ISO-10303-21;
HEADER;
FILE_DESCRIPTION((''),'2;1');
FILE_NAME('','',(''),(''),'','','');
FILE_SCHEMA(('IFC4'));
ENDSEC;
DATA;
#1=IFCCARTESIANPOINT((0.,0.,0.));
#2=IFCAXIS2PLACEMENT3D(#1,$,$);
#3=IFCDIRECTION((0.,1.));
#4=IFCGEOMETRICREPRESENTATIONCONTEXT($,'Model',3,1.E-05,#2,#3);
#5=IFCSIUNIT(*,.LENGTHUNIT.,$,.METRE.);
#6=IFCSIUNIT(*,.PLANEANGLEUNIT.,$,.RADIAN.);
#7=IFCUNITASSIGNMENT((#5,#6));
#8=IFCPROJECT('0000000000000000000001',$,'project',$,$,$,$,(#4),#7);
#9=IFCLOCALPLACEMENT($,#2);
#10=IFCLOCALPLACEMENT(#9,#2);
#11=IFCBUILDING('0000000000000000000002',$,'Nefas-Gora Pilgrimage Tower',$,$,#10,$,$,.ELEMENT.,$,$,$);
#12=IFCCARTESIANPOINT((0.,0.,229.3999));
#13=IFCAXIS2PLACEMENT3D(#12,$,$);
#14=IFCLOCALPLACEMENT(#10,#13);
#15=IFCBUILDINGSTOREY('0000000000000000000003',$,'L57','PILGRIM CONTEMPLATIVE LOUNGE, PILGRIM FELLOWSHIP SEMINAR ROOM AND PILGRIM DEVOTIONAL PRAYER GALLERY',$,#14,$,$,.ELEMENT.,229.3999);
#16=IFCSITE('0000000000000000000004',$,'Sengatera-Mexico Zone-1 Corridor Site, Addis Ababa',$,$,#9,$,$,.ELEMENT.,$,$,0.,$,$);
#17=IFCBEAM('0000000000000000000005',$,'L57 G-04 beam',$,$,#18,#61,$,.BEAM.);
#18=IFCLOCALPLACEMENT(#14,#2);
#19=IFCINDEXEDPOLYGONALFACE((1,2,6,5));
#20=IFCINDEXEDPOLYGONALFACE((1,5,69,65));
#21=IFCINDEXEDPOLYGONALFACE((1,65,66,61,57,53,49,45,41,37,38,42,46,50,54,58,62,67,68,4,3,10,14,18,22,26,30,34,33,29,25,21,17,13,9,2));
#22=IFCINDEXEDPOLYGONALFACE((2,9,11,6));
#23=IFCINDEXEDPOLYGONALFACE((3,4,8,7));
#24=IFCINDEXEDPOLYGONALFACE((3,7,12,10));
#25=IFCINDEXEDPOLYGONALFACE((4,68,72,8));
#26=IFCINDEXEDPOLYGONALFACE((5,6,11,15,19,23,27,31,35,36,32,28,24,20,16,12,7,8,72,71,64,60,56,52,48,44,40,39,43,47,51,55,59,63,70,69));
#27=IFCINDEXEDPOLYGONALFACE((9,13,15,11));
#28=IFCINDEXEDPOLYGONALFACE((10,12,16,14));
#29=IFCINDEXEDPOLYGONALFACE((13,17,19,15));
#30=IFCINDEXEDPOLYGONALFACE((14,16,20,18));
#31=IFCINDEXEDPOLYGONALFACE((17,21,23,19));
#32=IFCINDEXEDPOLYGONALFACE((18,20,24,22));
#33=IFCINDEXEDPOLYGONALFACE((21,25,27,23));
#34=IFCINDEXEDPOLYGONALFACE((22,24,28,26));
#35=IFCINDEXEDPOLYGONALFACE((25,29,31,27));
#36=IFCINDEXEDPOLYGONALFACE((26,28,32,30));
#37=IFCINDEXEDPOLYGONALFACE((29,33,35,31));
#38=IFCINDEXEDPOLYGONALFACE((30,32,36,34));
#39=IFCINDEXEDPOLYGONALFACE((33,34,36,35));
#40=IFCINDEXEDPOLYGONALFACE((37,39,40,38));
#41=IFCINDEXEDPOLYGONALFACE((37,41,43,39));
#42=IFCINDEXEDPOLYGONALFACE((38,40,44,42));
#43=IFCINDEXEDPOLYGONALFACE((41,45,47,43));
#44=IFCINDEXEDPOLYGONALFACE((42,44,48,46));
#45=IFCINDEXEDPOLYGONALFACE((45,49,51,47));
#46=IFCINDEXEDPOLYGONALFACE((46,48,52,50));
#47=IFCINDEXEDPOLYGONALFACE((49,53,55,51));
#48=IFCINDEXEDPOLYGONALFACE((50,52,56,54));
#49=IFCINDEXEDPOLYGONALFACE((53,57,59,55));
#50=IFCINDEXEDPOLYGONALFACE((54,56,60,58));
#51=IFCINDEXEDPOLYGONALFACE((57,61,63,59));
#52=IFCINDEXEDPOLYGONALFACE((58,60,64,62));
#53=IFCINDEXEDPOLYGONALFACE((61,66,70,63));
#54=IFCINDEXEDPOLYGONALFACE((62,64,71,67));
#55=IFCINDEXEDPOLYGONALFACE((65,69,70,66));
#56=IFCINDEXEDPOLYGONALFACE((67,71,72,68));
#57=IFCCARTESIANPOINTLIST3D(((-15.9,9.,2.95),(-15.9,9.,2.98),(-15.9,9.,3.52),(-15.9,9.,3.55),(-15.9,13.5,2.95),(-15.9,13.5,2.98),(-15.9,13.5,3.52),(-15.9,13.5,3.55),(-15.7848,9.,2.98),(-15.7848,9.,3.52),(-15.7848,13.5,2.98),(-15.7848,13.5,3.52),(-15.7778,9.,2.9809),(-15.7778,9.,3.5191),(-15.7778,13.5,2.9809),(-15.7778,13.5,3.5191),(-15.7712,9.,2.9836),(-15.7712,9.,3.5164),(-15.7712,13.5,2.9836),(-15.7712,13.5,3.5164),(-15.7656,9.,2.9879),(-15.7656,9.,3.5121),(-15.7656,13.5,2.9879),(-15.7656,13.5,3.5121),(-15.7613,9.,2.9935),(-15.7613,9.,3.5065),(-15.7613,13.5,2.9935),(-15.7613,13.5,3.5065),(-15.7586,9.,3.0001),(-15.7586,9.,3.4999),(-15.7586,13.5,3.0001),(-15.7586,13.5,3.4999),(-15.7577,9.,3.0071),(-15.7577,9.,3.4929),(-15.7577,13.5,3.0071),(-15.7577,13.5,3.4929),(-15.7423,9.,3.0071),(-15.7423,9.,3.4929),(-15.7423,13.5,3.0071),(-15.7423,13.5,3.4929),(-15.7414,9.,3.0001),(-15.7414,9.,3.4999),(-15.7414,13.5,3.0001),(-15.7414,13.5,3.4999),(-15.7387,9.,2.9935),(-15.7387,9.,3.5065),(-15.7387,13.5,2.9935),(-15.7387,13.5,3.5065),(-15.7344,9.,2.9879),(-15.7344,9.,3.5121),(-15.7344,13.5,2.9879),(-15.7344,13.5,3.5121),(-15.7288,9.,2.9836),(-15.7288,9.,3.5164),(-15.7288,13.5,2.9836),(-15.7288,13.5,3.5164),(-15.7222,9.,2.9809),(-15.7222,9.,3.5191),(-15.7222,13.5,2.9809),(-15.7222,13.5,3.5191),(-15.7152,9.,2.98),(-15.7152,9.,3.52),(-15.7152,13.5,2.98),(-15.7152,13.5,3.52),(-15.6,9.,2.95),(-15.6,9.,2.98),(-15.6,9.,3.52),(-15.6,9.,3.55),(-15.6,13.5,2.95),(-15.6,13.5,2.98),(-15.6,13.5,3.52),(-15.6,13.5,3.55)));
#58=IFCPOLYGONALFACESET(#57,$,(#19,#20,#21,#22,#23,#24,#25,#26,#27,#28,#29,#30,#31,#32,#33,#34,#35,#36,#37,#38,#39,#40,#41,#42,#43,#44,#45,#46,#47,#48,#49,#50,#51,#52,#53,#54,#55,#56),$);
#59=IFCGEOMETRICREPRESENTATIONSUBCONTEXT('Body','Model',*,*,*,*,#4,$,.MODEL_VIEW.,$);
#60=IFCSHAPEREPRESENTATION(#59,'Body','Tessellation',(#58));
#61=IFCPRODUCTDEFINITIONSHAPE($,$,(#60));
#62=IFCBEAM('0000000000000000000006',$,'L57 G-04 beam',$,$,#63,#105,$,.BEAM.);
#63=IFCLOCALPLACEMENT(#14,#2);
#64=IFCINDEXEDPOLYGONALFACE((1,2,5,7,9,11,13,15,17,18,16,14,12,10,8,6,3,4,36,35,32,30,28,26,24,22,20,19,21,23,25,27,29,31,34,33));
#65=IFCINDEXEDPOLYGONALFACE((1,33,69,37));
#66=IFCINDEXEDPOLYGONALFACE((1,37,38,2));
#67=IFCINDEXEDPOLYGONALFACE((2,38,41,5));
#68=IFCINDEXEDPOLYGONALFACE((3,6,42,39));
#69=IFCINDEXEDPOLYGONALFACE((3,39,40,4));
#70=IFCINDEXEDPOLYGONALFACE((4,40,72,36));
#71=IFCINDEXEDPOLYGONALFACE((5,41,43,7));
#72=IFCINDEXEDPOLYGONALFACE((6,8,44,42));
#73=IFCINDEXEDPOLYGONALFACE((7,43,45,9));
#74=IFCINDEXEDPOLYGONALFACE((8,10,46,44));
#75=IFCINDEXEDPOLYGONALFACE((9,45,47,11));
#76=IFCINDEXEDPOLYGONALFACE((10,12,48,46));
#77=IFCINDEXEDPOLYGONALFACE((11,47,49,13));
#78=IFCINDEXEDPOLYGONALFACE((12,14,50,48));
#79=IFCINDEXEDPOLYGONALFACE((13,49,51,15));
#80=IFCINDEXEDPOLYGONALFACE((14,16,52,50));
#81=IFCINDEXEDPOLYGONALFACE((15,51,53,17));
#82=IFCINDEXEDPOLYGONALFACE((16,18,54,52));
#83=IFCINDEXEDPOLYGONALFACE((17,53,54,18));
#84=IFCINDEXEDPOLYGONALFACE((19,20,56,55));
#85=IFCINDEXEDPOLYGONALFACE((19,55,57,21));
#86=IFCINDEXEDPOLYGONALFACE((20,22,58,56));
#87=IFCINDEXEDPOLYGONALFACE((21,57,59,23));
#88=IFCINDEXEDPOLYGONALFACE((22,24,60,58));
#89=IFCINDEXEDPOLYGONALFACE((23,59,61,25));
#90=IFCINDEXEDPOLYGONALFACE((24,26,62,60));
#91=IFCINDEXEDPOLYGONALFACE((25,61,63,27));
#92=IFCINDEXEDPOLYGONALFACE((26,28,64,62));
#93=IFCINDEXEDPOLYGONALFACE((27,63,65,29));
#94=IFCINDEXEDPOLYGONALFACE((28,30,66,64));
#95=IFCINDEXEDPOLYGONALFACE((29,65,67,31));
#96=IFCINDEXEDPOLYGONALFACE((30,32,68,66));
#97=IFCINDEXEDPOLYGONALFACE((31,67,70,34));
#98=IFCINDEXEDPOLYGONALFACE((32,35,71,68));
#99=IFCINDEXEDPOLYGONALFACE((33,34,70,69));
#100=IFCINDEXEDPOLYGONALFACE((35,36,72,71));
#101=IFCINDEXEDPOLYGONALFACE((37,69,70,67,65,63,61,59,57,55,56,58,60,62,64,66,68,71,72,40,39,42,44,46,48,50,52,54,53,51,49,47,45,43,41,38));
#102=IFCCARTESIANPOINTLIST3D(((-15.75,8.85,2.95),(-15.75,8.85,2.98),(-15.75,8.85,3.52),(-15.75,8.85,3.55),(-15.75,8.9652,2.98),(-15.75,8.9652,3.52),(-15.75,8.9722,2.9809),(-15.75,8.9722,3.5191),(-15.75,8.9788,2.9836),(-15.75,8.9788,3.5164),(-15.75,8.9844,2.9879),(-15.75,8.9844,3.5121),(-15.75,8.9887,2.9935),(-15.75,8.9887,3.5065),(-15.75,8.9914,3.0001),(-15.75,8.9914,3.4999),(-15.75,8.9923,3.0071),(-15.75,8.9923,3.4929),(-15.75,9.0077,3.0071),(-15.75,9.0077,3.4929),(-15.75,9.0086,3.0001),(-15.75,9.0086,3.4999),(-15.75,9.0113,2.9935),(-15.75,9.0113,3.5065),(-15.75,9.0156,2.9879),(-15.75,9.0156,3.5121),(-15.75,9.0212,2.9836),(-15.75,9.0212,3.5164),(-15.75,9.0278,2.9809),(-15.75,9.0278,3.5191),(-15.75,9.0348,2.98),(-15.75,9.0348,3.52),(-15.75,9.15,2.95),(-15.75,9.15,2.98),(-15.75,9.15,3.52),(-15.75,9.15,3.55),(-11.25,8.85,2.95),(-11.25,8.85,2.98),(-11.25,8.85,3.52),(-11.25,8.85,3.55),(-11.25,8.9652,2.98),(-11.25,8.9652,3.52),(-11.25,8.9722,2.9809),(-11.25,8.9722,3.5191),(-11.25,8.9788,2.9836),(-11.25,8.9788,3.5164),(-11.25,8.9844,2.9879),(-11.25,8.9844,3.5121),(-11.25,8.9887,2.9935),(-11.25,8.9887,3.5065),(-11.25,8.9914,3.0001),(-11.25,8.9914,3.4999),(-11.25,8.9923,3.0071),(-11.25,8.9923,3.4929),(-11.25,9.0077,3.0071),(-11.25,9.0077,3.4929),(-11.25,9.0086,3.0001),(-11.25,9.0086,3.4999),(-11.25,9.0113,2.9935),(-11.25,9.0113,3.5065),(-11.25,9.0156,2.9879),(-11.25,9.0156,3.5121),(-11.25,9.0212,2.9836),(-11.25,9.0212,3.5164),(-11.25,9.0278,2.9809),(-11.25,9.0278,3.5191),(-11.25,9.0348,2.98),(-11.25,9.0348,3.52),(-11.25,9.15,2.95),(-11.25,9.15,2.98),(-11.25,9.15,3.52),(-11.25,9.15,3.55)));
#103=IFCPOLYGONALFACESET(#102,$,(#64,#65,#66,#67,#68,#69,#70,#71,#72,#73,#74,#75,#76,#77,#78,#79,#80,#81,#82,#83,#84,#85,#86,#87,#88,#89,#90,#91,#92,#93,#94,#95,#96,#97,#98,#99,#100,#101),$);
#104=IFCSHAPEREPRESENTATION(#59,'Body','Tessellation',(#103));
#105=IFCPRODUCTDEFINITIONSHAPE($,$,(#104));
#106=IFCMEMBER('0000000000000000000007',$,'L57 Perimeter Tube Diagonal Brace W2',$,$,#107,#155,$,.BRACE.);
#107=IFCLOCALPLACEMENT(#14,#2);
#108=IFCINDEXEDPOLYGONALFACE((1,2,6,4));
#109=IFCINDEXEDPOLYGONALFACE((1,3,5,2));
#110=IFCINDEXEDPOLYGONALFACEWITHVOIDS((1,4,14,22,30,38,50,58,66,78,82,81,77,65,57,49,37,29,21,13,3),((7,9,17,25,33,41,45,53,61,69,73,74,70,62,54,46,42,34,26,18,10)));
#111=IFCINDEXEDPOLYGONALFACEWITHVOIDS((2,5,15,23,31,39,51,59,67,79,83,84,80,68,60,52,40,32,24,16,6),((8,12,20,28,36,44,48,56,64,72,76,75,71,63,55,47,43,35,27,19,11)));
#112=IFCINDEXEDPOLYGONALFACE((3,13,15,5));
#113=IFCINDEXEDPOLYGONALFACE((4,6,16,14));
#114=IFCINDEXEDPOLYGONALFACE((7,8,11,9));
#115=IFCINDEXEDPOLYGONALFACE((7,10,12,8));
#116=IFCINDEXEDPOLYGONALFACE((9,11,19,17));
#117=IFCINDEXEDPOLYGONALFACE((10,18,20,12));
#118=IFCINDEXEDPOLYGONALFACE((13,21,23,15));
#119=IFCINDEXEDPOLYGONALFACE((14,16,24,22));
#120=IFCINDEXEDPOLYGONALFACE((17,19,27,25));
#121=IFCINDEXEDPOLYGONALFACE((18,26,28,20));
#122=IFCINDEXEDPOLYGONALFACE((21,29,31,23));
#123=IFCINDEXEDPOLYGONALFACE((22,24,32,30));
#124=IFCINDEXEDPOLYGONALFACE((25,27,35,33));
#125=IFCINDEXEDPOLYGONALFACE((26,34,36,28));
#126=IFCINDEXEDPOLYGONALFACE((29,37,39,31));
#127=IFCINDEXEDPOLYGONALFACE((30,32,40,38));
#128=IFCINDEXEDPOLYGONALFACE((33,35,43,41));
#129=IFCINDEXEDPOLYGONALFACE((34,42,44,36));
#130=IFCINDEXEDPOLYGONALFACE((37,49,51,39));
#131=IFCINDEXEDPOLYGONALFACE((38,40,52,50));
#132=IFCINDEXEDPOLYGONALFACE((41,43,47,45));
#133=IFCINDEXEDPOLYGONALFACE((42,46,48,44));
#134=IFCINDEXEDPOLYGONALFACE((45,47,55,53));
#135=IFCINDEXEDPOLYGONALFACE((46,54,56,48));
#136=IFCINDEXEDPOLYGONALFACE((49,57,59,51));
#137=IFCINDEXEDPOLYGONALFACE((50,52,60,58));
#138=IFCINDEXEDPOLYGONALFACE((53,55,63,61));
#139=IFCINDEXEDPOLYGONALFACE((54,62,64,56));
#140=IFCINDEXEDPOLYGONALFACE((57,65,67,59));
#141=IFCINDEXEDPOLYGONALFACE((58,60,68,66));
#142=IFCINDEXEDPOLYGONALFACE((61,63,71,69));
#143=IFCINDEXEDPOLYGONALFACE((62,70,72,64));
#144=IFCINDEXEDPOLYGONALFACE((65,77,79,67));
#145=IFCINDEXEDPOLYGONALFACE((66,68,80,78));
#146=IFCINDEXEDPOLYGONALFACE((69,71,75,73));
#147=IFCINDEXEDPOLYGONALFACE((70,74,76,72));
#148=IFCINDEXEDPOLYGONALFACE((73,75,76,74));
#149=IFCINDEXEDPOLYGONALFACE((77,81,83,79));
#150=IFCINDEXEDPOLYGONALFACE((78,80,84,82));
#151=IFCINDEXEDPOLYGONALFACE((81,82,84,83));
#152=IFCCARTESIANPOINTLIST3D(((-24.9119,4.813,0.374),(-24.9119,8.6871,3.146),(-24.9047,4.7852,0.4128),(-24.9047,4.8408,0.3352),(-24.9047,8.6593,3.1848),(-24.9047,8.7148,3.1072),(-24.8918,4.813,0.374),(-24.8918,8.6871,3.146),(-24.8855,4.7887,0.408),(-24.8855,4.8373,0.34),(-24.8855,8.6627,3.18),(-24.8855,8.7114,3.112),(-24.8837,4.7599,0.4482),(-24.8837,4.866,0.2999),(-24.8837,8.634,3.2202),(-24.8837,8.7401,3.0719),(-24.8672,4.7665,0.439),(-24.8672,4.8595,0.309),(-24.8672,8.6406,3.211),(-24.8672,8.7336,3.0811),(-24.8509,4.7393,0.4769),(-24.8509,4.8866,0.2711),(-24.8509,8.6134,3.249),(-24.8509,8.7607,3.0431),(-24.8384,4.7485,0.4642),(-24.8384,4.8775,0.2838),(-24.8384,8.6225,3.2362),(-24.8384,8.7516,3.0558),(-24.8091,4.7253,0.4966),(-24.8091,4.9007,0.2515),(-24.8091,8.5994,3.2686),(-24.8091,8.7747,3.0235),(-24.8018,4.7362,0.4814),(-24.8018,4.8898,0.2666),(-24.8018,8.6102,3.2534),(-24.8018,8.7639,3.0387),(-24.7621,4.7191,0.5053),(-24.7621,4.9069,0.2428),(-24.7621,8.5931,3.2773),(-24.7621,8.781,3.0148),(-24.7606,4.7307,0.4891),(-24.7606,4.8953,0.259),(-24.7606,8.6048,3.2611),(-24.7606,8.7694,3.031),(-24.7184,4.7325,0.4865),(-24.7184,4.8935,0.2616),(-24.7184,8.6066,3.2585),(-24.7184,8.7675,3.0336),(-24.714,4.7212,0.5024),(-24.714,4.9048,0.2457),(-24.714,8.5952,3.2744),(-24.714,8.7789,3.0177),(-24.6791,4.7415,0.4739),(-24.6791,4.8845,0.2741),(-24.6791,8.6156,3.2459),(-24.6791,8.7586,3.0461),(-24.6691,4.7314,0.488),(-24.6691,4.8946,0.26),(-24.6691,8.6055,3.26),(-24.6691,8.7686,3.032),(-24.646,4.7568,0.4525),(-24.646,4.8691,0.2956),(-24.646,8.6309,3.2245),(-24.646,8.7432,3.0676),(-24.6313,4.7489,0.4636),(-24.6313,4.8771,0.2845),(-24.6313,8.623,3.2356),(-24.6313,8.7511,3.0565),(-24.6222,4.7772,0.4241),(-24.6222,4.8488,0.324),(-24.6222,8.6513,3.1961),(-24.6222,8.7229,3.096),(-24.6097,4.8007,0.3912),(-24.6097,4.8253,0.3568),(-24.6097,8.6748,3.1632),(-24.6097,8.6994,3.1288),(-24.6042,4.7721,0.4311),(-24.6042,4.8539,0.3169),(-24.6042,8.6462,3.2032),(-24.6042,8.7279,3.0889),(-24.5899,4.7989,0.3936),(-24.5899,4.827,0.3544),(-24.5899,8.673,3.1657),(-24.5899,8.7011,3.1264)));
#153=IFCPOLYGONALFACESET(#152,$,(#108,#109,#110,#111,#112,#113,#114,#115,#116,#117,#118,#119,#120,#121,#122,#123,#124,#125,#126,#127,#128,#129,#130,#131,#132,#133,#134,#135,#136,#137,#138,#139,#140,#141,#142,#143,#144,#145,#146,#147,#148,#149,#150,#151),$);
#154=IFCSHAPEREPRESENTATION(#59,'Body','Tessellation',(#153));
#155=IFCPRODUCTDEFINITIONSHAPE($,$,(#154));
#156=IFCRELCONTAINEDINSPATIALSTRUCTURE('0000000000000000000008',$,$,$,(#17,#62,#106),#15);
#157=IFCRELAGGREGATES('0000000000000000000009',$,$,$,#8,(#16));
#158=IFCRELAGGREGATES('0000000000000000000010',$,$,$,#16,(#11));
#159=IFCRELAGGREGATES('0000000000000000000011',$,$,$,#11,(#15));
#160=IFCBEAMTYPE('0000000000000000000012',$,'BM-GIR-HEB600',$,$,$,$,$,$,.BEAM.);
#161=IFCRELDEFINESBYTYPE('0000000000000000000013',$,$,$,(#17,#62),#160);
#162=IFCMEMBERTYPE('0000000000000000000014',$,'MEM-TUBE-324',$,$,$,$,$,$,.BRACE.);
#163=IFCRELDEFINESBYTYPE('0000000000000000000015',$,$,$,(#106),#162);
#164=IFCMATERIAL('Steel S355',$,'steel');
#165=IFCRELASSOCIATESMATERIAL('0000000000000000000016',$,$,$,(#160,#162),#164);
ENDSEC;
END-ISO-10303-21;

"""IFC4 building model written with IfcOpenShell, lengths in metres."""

from ifc_helpers import new_model, si_unit, direction, frame, origin, origin_2d, place, context, subcontext, project, spatial, hollow_circle, i_section, extrude, source, transform, mapped, material, material_profile, profile_set, type_object, element, save


model = new_model("IFC4")

# Units and contexts
model_context = context("Model", 3, precision=1e-05, world=origin(), true_north=direction((0.0, 1.0)))
body_context = subcontext(model_context, "Body", "Model", "MODEL_VIEW")
ifc_project = project(units=[si_unit("LENGTHUNIT", "METRE"), si_unit("PLANEANGLEUNIT", "RADIAN")], contexts=[model_context])

# Site, building, storey
site_placement = place(None, origin())
site = spatial("IfcSite", under=ifc_project, at=site_placement, Name="Sengatera-Mexico Zone-1 Corridor Site, Addis Ababa", CompositionType="ELEMENT", RefElevation=0.0)
building_placement = place(site_placement, origin())
building = spatial("IfcBuilding", under=site, at=building_placement, Name="Nefas-Gora Pilgrimage Tower", CompositionType="ELEMENT")
storey_placement = place(building_placement, frame((0.0, 0.0, 229.3999)))
storey = spatial("IfcBuildingStorey", under=building, at=storey_placement, Name="L57", Description="PILGRIM CONTEMPLATIVE LOUNGE, PILGRIM FELLOWSHIP SEMINAR ROOM AND PILGRIM DEVOTIONAL PRAYER GALLERY", CompositionType="ELEMENT", Elevation=229.3999)

# Beams
ifc_material_1 = material(Name="Steel S355", Category="steel")
ifc_material_profile_1 = material_profile(ifc_material_1, i_section(OverallWidth=0.3, OverallDepth=0.6001, WebThickness=0.0154, FlangeThickness=0.03, FilletRadius=0.0271, at=origin_2d()), Name="HEB 600")
ifc_profile_set_1 = profile_set([ifc_material_profile_1], Name="Steel S355")
beam_type_1 = type_object("IfcBeamType", Name="BM-GIR-HEB600", PredefinedType="BEAM", material=ifc_profile_set_1)
shared_shape_1 = source(origin(), body_context, "Body", "SweptSolid", [
    extrude(i_section(OverallWidth=0.3, OverallDepth=0.6001, WebThickness=0.0154, FlangeThickness=0.03, FilletRadius=0.0271, at=origin_2d()), origin(), (0.0, 0.0, 1.0), 4.5),
])
for number, where, z_axis, x_axis, name in (
    (1, (-15.75, 9.0, 3.25), (0.0, 1.0, 0.0), (-1.0, 0.0, 0.0), "L57 G-04 beam"),
    (2, (-15.75, 9.0, 3.25), (1.0, 0.0, 0.0), (0.0, 1.0, 0.0), "L57 G-04 beam"),
):
    element("IfcBeam", number, at=place(storey_placement, frame(where, z_axis=z_axis, x_axis=x_axis)), inside=storey, type_object=beam_type_1, Name=name, PredefinedType="BEAM", context=body_context, shape_type="MappedRepresentation", body=[
        mapped(shared_shape_1, transform((0.0, 0.0, 0.0), x_axis=(1.0, 0.0, 0.0), y_axis=(0.0, 1.0, 0.0), z_axis=(0.0, 0.0, 1.0), scale=1.0)),
    ])

# Member
ifc_material_profile_2 = material_profile(ifc_material_1, hollow_circle(Radius=0.1619, WallThickness=0.02, at=origin_2d()), Name="CHS 323.9x20")
ifc_profile_set_2 = profile_set([ifc_material_profile_2], Name="Steel S355")
member_type_1 = type_object("IfcMemberType", Name="MEM-TUBE-324", PredefinedType="BRACE", material=ifc_profile_set_2)
shared_shape_2 = source(origin(), body_context, "Body", "SweptSolid", [
    extrude(hollow_circle(Radius=0.1619, WallThickness=0.02, at=origin_2d()), origin(), (0.0, 0.0, 1.0), 4.7637),
])
member_1_placement = place(storey_placement, frame((-24.75, 4.813, 0.374), z_axis=(0.0, 0.813255, 0.581907), x_axis=(-1.0, 0.0, 0.0)))
element("IfcMember", 3, at=member_1_placement, inside=storey, type_object=member_type_1, Name="L57 Perimeter Tube Diagonal Brace W2", PredefinedType="BRACE", context=body_context, shape_type="MappedRepresentation", body=[
    mapped(shared_shape_2, transform((0.0, 0.0, 0.0), x_axis=(1.0, 0.0, 0.0), y_axis=(0.0, 1.0, 0.0), z_axis=(0.0, 0.0, 1.0), scale=1.0)),
])

save(model, "model.ifc")
